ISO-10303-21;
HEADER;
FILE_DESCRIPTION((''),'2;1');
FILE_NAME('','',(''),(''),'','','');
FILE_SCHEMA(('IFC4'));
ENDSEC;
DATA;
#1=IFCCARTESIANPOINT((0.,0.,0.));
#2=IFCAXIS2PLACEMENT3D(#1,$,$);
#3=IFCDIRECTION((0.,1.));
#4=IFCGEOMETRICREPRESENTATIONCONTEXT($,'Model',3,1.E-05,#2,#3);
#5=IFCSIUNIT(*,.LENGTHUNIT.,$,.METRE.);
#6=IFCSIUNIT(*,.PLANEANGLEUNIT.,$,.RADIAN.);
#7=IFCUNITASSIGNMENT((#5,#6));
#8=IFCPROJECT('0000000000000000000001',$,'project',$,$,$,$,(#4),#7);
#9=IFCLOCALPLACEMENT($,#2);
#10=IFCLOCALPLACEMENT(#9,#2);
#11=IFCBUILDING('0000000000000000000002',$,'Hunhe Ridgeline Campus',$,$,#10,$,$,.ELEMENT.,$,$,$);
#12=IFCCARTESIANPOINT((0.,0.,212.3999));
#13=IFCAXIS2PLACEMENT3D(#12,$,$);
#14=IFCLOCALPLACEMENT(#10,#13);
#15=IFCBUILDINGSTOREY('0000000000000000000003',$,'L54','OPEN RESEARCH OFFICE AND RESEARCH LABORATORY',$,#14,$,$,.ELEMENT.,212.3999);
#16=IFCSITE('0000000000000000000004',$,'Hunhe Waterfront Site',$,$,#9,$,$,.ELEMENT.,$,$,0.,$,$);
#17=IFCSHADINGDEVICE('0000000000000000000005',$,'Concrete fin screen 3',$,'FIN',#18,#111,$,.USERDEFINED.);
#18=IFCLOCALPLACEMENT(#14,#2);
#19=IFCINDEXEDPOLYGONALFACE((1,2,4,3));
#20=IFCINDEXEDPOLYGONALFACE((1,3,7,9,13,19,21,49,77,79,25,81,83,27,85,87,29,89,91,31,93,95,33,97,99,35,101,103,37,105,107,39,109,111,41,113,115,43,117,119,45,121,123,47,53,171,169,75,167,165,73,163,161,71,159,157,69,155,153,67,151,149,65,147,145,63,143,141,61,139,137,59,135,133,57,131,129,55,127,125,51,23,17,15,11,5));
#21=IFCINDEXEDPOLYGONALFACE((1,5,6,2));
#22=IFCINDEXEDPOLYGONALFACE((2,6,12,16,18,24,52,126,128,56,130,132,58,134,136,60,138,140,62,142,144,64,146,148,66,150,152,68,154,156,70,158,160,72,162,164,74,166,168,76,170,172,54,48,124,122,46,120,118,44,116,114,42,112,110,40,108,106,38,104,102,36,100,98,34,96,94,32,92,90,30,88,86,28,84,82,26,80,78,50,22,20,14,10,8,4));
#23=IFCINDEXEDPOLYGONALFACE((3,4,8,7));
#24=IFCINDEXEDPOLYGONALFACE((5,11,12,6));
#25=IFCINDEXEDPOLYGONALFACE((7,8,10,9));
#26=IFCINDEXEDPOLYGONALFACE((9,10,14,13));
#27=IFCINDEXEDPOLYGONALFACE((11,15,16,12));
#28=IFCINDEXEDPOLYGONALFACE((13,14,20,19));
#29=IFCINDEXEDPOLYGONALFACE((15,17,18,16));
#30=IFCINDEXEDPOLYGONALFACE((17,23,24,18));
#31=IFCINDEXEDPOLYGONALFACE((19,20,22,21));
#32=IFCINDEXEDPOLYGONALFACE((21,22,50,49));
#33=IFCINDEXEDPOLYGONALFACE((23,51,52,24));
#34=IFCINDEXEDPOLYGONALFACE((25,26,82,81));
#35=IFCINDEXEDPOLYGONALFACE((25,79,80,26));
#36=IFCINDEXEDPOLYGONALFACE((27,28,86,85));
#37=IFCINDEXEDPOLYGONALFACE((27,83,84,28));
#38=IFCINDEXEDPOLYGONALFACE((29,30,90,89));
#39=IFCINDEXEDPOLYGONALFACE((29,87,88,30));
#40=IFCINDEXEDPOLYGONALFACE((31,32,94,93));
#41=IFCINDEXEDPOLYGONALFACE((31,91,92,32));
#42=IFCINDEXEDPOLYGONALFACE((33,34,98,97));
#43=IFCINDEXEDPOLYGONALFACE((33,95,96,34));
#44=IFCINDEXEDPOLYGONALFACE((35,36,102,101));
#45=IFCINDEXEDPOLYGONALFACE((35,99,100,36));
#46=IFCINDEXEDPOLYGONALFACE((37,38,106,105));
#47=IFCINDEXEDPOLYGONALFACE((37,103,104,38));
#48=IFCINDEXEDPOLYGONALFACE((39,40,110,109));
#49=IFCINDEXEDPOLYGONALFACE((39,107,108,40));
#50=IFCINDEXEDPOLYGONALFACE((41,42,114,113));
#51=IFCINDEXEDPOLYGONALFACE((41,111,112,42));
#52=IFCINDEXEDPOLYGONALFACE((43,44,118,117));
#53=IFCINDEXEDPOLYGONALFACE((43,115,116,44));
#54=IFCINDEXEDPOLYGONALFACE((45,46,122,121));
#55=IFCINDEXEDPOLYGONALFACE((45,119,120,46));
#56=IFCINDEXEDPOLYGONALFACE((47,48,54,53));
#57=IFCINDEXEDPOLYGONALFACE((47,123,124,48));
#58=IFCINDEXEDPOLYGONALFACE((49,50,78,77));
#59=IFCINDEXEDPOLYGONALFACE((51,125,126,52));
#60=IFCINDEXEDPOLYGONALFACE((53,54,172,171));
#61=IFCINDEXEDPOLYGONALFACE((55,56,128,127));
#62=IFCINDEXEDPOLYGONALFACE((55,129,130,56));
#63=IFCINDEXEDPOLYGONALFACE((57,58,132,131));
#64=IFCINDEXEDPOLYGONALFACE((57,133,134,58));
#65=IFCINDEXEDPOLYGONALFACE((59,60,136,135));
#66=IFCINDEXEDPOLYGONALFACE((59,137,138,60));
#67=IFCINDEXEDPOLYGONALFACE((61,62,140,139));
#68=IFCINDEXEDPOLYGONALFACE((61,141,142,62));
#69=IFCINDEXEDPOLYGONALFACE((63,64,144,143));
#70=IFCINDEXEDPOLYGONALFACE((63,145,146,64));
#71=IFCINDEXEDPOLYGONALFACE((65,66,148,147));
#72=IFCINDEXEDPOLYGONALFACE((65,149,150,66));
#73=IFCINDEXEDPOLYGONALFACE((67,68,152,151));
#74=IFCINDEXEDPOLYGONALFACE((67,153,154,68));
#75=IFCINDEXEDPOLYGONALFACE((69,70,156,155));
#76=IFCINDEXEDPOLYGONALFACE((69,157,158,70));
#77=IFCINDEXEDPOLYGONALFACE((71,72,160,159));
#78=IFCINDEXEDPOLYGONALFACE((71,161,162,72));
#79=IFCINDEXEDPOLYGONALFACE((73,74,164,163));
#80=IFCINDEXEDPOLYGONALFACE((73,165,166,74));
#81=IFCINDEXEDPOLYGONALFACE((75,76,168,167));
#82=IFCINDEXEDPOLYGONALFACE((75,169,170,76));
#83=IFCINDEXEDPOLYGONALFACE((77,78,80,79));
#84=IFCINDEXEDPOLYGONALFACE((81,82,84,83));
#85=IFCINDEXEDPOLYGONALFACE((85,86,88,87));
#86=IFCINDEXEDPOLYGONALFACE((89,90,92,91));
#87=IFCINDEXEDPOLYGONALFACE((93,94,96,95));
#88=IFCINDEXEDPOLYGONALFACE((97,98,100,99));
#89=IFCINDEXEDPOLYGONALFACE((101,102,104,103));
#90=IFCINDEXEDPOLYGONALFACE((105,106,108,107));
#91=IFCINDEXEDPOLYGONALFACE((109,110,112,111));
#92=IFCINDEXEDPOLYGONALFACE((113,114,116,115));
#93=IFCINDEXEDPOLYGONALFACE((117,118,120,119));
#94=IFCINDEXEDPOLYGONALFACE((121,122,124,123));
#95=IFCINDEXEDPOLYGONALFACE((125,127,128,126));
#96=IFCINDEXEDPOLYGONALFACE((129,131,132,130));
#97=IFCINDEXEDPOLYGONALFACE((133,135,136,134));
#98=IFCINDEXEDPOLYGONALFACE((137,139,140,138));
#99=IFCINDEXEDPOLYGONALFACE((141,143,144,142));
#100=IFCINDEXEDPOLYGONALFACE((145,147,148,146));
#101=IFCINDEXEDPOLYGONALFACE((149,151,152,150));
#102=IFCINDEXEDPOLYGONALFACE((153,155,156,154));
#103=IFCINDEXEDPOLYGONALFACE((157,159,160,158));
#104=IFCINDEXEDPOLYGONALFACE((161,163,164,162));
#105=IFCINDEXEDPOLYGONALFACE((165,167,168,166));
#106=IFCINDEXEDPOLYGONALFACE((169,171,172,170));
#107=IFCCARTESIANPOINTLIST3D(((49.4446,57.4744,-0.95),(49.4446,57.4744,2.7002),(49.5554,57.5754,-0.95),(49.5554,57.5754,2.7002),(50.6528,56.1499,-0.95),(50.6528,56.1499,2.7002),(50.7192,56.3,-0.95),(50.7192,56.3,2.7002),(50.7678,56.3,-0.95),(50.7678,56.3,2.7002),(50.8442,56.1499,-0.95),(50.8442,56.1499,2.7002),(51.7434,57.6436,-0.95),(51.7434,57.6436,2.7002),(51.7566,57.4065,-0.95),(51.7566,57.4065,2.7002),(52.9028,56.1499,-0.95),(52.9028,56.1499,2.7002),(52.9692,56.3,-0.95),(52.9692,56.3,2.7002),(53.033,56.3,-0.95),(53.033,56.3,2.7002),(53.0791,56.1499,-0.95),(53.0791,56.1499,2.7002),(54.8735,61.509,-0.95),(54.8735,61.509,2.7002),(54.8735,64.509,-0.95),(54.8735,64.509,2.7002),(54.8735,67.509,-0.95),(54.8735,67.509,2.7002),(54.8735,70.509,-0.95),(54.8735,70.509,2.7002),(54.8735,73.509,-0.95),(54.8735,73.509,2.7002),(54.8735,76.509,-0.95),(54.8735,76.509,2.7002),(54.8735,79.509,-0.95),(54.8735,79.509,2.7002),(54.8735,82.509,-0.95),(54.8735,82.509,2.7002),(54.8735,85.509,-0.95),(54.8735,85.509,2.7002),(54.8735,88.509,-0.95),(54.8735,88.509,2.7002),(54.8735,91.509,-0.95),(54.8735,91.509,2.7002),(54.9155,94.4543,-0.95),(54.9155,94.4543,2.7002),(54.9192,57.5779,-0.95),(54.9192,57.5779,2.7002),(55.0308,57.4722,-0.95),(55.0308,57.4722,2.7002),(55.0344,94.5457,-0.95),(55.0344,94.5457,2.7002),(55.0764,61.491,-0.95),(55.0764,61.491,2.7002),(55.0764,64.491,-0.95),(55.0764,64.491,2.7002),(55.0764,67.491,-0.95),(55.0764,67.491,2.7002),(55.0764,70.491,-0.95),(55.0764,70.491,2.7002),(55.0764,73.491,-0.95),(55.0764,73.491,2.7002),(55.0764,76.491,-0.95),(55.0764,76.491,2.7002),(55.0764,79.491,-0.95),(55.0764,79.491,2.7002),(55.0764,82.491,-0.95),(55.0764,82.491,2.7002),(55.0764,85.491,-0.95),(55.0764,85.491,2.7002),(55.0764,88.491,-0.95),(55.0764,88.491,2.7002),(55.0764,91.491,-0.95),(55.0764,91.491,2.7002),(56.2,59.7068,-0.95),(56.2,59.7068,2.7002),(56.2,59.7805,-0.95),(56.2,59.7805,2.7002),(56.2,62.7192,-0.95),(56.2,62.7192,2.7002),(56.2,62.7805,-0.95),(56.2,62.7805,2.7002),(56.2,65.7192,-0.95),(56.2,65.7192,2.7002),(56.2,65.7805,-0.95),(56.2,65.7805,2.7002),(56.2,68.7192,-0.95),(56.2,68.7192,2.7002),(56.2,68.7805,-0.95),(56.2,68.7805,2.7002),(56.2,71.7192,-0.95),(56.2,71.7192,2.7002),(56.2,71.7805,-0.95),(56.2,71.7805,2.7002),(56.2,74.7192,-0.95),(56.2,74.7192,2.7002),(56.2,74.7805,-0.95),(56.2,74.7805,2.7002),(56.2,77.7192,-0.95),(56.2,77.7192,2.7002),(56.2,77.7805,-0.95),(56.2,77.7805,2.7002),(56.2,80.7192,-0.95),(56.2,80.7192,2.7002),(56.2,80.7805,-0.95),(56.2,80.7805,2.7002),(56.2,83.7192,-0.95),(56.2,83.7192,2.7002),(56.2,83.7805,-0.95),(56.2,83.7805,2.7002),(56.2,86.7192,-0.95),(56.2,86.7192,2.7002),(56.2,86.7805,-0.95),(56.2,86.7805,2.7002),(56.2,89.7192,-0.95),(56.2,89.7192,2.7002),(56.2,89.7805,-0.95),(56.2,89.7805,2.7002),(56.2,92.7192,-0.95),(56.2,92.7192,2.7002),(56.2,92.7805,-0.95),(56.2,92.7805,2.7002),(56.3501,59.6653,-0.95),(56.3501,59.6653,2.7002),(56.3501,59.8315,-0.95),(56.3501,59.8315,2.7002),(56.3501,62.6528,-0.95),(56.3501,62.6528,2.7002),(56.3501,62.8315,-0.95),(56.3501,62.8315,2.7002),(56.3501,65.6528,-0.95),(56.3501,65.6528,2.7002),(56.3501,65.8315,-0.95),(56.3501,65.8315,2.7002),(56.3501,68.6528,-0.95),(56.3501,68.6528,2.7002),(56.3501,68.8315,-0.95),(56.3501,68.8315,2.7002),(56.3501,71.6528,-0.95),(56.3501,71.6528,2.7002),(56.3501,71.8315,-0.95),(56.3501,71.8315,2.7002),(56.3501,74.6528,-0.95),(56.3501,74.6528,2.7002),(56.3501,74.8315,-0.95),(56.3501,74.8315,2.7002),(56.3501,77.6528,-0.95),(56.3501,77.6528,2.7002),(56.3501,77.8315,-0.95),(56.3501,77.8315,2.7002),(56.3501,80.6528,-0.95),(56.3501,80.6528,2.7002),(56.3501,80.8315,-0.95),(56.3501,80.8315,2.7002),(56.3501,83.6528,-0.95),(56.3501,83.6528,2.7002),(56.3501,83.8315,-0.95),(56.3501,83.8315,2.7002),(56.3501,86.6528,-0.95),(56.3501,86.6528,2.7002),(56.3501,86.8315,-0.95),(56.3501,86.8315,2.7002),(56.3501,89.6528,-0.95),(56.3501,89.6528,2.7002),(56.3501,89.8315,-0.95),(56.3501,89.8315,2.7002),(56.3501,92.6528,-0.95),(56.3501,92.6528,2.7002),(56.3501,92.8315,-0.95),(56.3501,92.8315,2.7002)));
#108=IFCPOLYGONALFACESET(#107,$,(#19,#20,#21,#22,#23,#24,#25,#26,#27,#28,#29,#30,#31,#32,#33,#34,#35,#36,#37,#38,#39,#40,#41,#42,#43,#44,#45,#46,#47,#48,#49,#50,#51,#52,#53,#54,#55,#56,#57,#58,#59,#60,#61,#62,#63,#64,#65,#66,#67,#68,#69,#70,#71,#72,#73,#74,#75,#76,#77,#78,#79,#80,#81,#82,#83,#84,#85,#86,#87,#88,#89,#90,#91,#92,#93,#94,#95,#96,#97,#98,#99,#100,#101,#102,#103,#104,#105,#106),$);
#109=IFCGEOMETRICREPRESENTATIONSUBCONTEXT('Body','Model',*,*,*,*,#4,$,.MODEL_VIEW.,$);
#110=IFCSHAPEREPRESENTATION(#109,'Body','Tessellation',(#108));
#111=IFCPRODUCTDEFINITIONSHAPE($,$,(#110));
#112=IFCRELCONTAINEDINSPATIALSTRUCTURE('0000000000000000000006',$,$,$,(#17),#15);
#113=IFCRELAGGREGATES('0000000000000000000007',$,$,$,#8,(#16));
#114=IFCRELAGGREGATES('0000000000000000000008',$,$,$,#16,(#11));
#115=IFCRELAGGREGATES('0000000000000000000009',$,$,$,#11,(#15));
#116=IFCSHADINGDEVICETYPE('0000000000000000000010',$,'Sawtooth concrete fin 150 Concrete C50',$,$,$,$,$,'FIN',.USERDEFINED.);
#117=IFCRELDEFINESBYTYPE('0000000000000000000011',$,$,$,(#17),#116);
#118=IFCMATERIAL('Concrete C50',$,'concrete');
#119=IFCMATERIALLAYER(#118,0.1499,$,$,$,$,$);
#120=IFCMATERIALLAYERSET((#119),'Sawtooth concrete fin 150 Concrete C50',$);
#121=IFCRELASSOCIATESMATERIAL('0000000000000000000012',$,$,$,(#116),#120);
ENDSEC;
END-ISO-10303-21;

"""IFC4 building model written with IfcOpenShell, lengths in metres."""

from ifc_helpers import new_model, si_unit, direction, frame, origin, place, context, subcontext, project, spatial, polyline, outline, extrude, material, layer, layer_set, type_object, element, save


model = new_model("IFC4")

# Units and contexts
model_context = context("Model", 3, precision=1e-05, world=origin(), true_north=direction((0.0, 1.0)))
body_context = subcontext(model_context, "Body", "Model", "MODEL_VIEW")
ifc_project = project(units=[si_unit("LENGTHUNIT", "METRE"), si_unit("PLANEANGLEUNIT", "RADIAN")], contexts=[model_context])

# Site, building, storey
site_placement = place(None, origin())
site = spatial("IfcSite", under=ifc_project, at=site_placement, Name="Hunhe Waterfront Site", CompositionType="ELEMENT", RefElevation=0.0)
building_placement = place(site_placement, origin())
building = spatial("IfcBuilding", under=site, at=building_placement, Name="Hunhe Ridgeline Campus", CompositionType="ELEMENT")
storey_placement = place(building_placement, frame((0.0, 0.0, 212.3999)))
storey = spatial("IfcBuildingStorey", under=building, at=storey_placement, Name="L54", Description="OPEN RESEARCH OFFICE AND RESEARCH LABORATORY", CompositionType="ELEMENT", Elevation=212.3999)

# Shading device
ifc_material_1 = material(Name="Concrete C50", Category="concrete")
ifc_layer_1 = layer(ifc_material_1, 0.1499)
ifc_layer_set_1 = layer_set([ifc_layer_1], Name="Sawtooth concrete fin 150 Concrete C50")
shading_device_type = type_object("IfcShadingDeviceType", Name="Sawtooth concrete fin 150 Concrete C50", ElementType="FIN", PredefinedType="USERDEFINED", material=ifc_layer_set_1)
shading_device_1_placement = place(storey_placement, frame((0.0, 0.0, -0.95)))
element("IfcShadingDevice", 1, at=shading_device_1_placement, inside=storey, type_object=shading_device_type, Name="Concrete fin screen 3", ObjectType="FIN", PredefinedType="USERDEFINED", context=body_context, shape_type="SweptSolid", body=[
    extrude(outline(polyline([(49.5554, 57.5754), (49.4446, 57.4744), (50.6528, 56.1499), (50.8442, 56.1499), (51.7566, 57.4065), (52.9028, 56.1499), (53.0791, 56.1499), (55.0308, 57.4722), (56.3501, 59.6653), (56.3501, 59.8315), (55.0764, 61.491), (56.3501, 62.6528), (56.3501, 62.8315), (55.0764, 64.491), (56.3501, 65.6528), (56.3501, 65.8315), (55.0764, 67.491), (56.3501, 68.6528), (56.3501, 68.8315), (55.0764, 70.491), (56.3501, 71.6528), (56.3501, 71.8315), (55.0764, 73.491), (56.3501, 74.6528), (56.3501, 74.8315), (55.0764, 76.491), (56.3501, 77.6528), (56.3501, 77.8315), (55.0764, 79.491), (56.3501, 80.6528), (56.3501, 80.8315), (55.0764, 82.491), (56.3501, 83.6528), (56.3501, 83.8315), (55.0764, 85.491), (56.3501, 86.6528), (56.3501, 86.8315), (55.0764, 88.491), (56.3501, 89.6528), (56.3501, 89.8315), (55.0764, 91.491), (56.3501, 92.6528), (56.3501, 92.8315), (55.0344, 94.5457), (54.9155, 94.4543), (56.2, 92.7805), (56.2, 92.7192), (54.8735, 91.509), (56.2, 89.7805), (56.2, 89.7192), (54.8735, 88.509), (56.2, 86.7805), (56.2, 86.7192), (54.8735, 85.509), (56.2, 83.7805), (56.2, 83.7192), (54.8735, 82.509), (56.2, 80.7805), (56.2, 80.7192), (54.8735, 79.509), (56.2, 77.7805), (56.2, 77.7192), (54.8735, 76.509), (56.2, 74.7805), (56.2, 74.7192), (54.8735, 73.509), (56.2, 71.7805), (56.2, 71.7192), (54.8735, 70.509), (56.2, 68.7805), (56.2, 68.7192), (54.8735, 67.509), (56.2, 65.7805), (56.2, 65.7192), (54.8735, 64.509), (56.2, 62.7805), (56.2, 62.7192), (54.8735, 61.509), (56.2, 59.7805), (56.2, 59.7068), (54.9192, 57.5779), (53.033, 56.3), (52.9692, 56.3), (51.7434, 57.6436), (50.7678, 56.3), (50.7192, 56.3), (49.5554, 57.5754)])), origin(), (0.0, 0.0, 1.0), 3.6501),
])

save(model, "model.ifc")
